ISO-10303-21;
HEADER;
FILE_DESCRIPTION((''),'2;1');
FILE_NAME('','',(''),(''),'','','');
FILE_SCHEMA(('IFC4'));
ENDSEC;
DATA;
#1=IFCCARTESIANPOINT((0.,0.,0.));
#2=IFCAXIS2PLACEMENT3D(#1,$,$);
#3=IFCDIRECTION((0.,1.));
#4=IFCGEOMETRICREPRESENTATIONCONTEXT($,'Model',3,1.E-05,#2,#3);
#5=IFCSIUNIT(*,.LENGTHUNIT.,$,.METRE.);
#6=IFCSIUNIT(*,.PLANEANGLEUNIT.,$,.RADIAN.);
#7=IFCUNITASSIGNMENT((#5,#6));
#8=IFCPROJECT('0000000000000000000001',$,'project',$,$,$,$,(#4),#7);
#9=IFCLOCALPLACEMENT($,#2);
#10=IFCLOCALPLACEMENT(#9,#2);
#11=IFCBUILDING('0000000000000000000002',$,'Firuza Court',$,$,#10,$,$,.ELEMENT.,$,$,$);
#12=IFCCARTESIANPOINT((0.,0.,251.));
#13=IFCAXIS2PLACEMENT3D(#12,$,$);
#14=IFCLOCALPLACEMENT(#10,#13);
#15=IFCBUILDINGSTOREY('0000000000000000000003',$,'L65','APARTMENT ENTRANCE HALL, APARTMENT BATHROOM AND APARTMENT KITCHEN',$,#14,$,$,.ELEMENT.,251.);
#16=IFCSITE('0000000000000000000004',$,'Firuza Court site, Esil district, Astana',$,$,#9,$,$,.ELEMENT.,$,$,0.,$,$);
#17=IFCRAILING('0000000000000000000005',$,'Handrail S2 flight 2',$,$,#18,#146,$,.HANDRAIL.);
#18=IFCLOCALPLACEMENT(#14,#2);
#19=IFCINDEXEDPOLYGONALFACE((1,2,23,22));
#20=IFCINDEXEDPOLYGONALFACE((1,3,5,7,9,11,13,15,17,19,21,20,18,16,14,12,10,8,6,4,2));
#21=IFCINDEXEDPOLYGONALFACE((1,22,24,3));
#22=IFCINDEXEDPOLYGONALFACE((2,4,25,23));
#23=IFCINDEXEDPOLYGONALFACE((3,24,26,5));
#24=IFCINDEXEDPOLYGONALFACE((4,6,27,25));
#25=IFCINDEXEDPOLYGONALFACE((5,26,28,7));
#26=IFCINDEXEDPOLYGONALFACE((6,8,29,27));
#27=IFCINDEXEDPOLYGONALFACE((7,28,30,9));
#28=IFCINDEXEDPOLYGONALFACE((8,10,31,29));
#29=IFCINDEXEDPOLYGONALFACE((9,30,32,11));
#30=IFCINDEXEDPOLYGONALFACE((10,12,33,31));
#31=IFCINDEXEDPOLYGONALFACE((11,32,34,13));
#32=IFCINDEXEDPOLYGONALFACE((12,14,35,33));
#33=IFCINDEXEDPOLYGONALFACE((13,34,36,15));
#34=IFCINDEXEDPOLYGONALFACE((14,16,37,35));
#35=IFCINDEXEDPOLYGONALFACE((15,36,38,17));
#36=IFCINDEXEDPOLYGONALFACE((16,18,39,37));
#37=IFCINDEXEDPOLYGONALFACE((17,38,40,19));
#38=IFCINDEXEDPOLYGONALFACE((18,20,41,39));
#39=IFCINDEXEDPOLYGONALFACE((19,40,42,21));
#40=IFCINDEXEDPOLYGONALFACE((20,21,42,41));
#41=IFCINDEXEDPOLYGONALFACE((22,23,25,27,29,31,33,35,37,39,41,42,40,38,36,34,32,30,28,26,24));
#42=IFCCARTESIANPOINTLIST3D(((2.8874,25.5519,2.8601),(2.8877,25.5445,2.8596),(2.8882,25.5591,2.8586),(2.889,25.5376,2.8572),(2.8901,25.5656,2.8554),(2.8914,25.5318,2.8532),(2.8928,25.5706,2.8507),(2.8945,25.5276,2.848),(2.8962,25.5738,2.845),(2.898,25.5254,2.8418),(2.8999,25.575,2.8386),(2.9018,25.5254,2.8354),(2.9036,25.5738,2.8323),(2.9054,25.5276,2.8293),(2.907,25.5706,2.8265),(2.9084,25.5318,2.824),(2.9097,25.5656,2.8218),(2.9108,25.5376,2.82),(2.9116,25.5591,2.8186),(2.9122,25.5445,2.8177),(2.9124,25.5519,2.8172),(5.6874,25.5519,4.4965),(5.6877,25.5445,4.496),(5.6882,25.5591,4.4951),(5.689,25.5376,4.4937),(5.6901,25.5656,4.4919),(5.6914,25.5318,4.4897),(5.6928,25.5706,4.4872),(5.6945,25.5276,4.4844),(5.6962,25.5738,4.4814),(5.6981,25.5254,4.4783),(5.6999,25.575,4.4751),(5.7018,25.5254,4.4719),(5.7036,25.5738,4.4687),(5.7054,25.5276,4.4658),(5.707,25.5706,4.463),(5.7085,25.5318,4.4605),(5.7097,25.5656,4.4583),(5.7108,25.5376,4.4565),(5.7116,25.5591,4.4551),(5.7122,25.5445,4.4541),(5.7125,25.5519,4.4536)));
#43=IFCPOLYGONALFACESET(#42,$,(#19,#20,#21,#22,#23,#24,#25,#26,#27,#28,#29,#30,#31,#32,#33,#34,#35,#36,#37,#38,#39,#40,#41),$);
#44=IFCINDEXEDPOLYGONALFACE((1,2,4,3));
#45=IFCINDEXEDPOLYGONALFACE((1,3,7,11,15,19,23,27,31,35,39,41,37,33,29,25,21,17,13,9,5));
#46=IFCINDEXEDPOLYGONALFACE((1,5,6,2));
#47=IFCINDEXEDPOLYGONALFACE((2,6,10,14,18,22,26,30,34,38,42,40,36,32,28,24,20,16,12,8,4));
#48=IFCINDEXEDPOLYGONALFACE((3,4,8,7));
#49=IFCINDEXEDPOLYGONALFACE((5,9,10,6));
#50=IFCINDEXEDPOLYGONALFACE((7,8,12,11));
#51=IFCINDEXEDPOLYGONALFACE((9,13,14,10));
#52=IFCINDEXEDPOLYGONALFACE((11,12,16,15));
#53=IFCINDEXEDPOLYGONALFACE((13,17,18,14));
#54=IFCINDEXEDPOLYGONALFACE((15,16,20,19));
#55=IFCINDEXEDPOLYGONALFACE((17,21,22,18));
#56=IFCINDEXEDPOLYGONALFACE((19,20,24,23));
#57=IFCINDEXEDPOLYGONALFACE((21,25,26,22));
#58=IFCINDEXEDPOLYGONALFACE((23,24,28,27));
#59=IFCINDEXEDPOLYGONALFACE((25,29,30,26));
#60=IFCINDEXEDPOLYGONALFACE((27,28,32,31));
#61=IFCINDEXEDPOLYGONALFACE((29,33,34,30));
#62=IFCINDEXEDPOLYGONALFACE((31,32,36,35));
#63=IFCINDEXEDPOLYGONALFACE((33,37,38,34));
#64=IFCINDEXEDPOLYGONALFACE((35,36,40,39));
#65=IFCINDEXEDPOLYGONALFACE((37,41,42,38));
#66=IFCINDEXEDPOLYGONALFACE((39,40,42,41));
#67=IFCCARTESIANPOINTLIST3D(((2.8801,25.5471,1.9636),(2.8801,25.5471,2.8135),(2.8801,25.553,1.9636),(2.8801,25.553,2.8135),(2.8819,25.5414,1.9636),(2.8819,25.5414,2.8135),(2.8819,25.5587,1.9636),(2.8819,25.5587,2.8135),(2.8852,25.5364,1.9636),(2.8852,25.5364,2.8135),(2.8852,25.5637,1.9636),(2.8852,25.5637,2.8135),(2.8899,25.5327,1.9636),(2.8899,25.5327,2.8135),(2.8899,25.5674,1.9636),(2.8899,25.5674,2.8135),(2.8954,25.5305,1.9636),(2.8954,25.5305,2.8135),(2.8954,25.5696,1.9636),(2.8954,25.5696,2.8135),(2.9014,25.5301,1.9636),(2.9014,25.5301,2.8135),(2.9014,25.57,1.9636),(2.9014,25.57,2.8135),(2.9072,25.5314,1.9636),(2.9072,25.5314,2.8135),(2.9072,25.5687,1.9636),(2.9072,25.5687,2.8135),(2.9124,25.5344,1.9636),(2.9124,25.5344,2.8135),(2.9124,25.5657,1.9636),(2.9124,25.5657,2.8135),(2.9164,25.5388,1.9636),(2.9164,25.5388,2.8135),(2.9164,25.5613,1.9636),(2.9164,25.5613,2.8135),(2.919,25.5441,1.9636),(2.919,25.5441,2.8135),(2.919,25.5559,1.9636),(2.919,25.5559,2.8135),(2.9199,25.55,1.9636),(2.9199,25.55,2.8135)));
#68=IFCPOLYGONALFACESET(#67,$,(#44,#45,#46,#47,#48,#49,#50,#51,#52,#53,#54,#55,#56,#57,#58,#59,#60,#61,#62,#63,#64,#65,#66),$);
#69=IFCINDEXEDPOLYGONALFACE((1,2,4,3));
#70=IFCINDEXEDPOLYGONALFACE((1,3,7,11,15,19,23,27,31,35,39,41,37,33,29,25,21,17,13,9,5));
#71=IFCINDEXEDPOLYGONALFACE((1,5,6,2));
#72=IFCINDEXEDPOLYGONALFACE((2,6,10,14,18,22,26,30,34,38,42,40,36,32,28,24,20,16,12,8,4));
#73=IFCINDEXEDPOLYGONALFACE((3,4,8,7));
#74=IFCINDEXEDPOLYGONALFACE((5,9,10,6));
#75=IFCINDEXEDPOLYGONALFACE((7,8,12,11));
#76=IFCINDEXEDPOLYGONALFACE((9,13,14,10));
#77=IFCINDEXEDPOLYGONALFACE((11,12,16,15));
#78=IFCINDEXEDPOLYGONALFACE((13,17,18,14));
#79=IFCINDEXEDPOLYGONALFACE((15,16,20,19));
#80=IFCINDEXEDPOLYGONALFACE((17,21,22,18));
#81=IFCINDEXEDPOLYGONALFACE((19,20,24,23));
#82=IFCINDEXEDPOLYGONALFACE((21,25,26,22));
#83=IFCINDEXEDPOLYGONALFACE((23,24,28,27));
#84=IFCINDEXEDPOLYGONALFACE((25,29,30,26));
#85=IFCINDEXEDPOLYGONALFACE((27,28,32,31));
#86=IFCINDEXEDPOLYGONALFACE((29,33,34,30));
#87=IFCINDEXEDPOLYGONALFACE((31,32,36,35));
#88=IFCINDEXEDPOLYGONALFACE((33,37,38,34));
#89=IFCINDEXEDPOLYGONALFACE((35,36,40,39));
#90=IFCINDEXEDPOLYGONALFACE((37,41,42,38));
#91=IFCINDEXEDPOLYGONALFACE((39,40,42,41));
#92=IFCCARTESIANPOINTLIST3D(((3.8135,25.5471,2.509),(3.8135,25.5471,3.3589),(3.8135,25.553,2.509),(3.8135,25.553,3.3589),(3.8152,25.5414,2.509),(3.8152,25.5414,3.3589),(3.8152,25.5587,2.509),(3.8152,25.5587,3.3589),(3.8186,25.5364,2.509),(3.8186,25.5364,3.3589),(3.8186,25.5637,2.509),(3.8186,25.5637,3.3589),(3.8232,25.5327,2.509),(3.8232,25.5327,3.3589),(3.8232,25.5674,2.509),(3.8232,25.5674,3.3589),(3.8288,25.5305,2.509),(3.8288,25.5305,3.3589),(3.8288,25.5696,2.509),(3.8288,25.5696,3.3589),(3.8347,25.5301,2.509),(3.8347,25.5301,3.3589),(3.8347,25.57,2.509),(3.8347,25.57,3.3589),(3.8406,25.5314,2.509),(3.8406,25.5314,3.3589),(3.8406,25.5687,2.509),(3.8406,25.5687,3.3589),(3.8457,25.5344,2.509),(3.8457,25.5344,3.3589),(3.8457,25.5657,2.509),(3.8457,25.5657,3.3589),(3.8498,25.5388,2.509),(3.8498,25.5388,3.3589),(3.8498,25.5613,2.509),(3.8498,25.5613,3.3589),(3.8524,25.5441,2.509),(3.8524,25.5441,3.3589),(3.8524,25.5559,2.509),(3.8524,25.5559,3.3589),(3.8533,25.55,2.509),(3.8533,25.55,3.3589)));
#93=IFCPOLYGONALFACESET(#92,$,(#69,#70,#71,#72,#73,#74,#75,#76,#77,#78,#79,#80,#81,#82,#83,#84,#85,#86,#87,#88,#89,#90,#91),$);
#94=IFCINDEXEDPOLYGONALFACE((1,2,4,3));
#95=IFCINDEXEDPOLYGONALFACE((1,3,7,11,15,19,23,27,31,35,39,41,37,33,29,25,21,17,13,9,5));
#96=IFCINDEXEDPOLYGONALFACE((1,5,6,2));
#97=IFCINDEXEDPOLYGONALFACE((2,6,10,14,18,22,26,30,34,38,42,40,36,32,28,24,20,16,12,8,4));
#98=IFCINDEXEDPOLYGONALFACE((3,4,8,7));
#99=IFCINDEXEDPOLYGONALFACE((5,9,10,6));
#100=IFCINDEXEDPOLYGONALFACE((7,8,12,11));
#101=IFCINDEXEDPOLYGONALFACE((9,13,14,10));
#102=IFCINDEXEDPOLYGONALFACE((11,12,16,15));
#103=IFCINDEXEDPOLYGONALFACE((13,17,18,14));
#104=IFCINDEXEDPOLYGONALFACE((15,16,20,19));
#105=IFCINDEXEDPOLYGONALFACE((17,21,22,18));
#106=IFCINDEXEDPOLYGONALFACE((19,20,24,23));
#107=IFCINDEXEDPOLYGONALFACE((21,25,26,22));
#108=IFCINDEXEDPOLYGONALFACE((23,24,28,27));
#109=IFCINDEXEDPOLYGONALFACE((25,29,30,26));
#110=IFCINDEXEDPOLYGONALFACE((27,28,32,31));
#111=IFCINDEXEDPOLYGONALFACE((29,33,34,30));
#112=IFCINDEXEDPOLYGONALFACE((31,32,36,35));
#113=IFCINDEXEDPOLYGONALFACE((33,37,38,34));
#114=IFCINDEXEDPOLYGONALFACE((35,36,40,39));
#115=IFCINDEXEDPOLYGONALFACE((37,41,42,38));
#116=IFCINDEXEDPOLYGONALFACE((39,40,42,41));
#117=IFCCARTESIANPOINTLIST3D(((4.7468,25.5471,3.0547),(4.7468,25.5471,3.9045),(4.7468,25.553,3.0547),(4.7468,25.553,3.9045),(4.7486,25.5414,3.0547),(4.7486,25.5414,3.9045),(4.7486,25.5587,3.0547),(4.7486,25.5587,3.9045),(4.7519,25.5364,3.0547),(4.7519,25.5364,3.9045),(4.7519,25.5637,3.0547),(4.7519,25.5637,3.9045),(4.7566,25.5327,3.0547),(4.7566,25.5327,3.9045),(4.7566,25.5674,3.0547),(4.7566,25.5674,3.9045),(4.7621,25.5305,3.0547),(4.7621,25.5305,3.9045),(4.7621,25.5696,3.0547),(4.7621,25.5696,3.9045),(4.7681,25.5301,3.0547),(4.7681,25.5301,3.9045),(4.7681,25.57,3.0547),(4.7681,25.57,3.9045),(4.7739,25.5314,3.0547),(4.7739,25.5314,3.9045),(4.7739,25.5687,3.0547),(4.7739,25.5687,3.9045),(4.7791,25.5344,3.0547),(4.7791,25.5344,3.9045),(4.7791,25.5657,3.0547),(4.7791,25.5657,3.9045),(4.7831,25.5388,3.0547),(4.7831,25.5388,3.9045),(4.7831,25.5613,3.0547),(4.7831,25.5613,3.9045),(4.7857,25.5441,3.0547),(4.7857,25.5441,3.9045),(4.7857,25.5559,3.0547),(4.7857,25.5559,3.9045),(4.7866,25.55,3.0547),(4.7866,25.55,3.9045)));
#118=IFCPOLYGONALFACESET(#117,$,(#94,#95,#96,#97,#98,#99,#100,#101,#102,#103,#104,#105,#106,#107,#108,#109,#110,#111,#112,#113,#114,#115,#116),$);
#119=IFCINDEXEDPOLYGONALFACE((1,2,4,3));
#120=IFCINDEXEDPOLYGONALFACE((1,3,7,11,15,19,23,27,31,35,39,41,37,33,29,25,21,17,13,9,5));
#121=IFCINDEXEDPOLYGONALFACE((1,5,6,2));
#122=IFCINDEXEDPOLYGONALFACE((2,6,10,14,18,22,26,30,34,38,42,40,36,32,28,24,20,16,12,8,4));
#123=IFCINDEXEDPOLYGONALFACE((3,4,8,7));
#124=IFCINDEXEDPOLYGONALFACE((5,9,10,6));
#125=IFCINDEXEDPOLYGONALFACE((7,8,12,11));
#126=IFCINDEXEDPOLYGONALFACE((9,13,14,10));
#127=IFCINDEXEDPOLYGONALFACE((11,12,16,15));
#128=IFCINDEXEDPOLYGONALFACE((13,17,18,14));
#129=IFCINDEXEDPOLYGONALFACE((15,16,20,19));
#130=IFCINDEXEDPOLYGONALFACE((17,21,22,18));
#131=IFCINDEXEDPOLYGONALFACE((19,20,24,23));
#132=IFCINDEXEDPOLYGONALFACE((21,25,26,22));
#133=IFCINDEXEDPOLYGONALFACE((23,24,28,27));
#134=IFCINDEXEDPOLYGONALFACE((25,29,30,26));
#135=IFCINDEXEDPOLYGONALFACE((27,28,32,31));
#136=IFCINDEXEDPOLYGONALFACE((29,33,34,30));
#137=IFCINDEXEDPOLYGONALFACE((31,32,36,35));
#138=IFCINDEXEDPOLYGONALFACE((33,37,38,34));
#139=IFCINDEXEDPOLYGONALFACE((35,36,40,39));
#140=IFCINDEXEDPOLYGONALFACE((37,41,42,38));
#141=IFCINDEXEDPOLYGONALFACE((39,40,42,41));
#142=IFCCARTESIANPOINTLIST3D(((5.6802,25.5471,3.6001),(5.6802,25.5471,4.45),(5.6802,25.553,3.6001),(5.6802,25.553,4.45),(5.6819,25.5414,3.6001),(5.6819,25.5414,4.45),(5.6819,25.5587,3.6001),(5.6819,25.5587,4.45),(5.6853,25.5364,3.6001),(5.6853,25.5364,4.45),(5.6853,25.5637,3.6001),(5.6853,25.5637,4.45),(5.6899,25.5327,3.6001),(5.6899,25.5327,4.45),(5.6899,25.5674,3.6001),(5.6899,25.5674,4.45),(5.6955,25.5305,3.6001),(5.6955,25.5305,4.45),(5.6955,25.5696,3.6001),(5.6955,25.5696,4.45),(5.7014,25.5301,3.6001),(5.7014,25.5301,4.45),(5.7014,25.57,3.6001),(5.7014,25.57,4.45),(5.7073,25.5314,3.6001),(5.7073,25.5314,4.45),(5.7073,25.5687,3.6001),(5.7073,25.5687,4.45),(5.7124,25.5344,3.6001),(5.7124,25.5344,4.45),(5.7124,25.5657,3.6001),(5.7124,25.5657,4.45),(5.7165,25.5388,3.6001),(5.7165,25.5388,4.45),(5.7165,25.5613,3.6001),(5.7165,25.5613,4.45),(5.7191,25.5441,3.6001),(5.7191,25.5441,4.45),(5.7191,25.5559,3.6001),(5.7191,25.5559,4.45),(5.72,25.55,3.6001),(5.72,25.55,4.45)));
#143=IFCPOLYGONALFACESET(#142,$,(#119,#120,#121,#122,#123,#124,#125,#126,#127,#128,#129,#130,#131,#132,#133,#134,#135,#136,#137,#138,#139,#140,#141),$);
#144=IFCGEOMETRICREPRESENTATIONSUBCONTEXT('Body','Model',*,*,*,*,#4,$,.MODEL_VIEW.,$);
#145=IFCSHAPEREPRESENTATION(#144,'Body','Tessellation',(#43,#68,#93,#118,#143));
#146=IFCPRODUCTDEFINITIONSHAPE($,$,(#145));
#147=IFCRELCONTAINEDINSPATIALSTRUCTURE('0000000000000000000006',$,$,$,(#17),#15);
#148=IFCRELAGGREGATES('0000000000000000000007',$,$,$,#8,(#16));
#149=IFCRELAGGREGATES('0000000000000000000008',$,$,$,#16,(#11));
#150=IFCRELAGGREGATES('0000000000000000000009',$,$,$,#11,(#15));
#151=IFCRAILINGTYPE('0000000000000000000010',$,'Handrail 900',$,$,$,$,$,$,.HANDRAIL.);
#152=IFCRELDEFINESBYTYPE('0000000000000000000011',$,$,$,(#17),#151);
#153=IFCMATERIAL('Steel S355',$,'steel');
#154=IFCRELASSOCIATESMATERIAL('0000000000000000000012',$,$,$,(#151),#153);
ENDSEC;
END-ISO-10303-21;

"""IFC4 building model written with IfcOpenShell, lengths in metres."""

from ifc_helpers import new_model, si_unit, direction, frame, origin, origin_2d, place, context, subcontext, project, spatial, circle, extrude, material, type_object, element, save


model = new_model("IFC4")

# Units and contexts
model_context = context("Model", 3, precision=1e-05, world=origin(), true_north=direction((0.0, 1.0)))
body_context = subcontext(model_context, "Body", "Model", "MODEL_VIEW")
ifc_project = project(units=[si_unit("LENGTHUNIT", "METRE"), si_unit("PLANEANGLEUNIT", "RADIAN")], contexts=[model_context])

# Site, building, storey
site_placement = place(None, origin())
site = spatial("IfcSite", under=ifc_project, at=site_placement, Name="Firuza Court site, Esil district, Astana", CompositionType="ELEMENT", RefElevation=0.0)
building_placement = place(site_placement, origin())
building = spatial("IfcBuilding", under=site, at=building_placement, Name="Firuza Court", CompositionType="ELEMENT")
storey_placement = place(building_placement, frame((0.0, 0.0, 251.0)))
storey = spatial("IfcBuildingStorey", under=building, at=storey_placement, Name="L65", Description="APARTMENT ENTRANCE HALL, APARTMENT BATHROOM AND APARTMENT KITCHEN", CompositionType="ELEMENT", Elevation=251.0)

# Railing
ifc_material_1 = material(Name="Steel S355", Category="steel")
railing_type_1 = type_object("IfcRailingType", Name="Handrail 900", PredefinedType="HANDRAIL", material=ifc_material_1)
railing_1_placement = place(storey_placement, frame((2.8999, 25.55, 1.9636)))
element("IfcRailing", 1, at=railing_1_placement, inside=storey, type_object=railing_type_1, Name="Handrail S2 flight 2", PredefinedType="HANDRAIL", context=body_context, shape_type="SweptSolid", body=[
    extrude(circle(Radius=0.0249, at=origin_2d()), frame((0.0, 0.0, 0.875), z_axis=(0.863361, 0.0, 0.504587), x_axis=(0.0, 1.0, 0.0)), (0.0, 0.0, 1.0), 3.2432),
    extrude(circle(Radius=0.02, at=origin_2d()), origin(), (0.0, 0.0, 1.0), 0.8499),
    extrude(circle(Radius=0.02, at=origin_2d()), frame((0.9333, 0.0, 0.5454)), (0.0, 0.0, 1.0), 0.8499),
    extrude(circle(Radius=0.02, at=origin_2d()), frame((1.8667, 0.0, 1.0911)), (0.0, 0.0, 1.0), 0.8499),
    extrude(circle(Radius=0.02, at=origin_2d()), frame((2.8, 0.0, 1.6365)), (0.0, 0.0, 1.0), 0.8499),
])

save(model, "model.ifc")
